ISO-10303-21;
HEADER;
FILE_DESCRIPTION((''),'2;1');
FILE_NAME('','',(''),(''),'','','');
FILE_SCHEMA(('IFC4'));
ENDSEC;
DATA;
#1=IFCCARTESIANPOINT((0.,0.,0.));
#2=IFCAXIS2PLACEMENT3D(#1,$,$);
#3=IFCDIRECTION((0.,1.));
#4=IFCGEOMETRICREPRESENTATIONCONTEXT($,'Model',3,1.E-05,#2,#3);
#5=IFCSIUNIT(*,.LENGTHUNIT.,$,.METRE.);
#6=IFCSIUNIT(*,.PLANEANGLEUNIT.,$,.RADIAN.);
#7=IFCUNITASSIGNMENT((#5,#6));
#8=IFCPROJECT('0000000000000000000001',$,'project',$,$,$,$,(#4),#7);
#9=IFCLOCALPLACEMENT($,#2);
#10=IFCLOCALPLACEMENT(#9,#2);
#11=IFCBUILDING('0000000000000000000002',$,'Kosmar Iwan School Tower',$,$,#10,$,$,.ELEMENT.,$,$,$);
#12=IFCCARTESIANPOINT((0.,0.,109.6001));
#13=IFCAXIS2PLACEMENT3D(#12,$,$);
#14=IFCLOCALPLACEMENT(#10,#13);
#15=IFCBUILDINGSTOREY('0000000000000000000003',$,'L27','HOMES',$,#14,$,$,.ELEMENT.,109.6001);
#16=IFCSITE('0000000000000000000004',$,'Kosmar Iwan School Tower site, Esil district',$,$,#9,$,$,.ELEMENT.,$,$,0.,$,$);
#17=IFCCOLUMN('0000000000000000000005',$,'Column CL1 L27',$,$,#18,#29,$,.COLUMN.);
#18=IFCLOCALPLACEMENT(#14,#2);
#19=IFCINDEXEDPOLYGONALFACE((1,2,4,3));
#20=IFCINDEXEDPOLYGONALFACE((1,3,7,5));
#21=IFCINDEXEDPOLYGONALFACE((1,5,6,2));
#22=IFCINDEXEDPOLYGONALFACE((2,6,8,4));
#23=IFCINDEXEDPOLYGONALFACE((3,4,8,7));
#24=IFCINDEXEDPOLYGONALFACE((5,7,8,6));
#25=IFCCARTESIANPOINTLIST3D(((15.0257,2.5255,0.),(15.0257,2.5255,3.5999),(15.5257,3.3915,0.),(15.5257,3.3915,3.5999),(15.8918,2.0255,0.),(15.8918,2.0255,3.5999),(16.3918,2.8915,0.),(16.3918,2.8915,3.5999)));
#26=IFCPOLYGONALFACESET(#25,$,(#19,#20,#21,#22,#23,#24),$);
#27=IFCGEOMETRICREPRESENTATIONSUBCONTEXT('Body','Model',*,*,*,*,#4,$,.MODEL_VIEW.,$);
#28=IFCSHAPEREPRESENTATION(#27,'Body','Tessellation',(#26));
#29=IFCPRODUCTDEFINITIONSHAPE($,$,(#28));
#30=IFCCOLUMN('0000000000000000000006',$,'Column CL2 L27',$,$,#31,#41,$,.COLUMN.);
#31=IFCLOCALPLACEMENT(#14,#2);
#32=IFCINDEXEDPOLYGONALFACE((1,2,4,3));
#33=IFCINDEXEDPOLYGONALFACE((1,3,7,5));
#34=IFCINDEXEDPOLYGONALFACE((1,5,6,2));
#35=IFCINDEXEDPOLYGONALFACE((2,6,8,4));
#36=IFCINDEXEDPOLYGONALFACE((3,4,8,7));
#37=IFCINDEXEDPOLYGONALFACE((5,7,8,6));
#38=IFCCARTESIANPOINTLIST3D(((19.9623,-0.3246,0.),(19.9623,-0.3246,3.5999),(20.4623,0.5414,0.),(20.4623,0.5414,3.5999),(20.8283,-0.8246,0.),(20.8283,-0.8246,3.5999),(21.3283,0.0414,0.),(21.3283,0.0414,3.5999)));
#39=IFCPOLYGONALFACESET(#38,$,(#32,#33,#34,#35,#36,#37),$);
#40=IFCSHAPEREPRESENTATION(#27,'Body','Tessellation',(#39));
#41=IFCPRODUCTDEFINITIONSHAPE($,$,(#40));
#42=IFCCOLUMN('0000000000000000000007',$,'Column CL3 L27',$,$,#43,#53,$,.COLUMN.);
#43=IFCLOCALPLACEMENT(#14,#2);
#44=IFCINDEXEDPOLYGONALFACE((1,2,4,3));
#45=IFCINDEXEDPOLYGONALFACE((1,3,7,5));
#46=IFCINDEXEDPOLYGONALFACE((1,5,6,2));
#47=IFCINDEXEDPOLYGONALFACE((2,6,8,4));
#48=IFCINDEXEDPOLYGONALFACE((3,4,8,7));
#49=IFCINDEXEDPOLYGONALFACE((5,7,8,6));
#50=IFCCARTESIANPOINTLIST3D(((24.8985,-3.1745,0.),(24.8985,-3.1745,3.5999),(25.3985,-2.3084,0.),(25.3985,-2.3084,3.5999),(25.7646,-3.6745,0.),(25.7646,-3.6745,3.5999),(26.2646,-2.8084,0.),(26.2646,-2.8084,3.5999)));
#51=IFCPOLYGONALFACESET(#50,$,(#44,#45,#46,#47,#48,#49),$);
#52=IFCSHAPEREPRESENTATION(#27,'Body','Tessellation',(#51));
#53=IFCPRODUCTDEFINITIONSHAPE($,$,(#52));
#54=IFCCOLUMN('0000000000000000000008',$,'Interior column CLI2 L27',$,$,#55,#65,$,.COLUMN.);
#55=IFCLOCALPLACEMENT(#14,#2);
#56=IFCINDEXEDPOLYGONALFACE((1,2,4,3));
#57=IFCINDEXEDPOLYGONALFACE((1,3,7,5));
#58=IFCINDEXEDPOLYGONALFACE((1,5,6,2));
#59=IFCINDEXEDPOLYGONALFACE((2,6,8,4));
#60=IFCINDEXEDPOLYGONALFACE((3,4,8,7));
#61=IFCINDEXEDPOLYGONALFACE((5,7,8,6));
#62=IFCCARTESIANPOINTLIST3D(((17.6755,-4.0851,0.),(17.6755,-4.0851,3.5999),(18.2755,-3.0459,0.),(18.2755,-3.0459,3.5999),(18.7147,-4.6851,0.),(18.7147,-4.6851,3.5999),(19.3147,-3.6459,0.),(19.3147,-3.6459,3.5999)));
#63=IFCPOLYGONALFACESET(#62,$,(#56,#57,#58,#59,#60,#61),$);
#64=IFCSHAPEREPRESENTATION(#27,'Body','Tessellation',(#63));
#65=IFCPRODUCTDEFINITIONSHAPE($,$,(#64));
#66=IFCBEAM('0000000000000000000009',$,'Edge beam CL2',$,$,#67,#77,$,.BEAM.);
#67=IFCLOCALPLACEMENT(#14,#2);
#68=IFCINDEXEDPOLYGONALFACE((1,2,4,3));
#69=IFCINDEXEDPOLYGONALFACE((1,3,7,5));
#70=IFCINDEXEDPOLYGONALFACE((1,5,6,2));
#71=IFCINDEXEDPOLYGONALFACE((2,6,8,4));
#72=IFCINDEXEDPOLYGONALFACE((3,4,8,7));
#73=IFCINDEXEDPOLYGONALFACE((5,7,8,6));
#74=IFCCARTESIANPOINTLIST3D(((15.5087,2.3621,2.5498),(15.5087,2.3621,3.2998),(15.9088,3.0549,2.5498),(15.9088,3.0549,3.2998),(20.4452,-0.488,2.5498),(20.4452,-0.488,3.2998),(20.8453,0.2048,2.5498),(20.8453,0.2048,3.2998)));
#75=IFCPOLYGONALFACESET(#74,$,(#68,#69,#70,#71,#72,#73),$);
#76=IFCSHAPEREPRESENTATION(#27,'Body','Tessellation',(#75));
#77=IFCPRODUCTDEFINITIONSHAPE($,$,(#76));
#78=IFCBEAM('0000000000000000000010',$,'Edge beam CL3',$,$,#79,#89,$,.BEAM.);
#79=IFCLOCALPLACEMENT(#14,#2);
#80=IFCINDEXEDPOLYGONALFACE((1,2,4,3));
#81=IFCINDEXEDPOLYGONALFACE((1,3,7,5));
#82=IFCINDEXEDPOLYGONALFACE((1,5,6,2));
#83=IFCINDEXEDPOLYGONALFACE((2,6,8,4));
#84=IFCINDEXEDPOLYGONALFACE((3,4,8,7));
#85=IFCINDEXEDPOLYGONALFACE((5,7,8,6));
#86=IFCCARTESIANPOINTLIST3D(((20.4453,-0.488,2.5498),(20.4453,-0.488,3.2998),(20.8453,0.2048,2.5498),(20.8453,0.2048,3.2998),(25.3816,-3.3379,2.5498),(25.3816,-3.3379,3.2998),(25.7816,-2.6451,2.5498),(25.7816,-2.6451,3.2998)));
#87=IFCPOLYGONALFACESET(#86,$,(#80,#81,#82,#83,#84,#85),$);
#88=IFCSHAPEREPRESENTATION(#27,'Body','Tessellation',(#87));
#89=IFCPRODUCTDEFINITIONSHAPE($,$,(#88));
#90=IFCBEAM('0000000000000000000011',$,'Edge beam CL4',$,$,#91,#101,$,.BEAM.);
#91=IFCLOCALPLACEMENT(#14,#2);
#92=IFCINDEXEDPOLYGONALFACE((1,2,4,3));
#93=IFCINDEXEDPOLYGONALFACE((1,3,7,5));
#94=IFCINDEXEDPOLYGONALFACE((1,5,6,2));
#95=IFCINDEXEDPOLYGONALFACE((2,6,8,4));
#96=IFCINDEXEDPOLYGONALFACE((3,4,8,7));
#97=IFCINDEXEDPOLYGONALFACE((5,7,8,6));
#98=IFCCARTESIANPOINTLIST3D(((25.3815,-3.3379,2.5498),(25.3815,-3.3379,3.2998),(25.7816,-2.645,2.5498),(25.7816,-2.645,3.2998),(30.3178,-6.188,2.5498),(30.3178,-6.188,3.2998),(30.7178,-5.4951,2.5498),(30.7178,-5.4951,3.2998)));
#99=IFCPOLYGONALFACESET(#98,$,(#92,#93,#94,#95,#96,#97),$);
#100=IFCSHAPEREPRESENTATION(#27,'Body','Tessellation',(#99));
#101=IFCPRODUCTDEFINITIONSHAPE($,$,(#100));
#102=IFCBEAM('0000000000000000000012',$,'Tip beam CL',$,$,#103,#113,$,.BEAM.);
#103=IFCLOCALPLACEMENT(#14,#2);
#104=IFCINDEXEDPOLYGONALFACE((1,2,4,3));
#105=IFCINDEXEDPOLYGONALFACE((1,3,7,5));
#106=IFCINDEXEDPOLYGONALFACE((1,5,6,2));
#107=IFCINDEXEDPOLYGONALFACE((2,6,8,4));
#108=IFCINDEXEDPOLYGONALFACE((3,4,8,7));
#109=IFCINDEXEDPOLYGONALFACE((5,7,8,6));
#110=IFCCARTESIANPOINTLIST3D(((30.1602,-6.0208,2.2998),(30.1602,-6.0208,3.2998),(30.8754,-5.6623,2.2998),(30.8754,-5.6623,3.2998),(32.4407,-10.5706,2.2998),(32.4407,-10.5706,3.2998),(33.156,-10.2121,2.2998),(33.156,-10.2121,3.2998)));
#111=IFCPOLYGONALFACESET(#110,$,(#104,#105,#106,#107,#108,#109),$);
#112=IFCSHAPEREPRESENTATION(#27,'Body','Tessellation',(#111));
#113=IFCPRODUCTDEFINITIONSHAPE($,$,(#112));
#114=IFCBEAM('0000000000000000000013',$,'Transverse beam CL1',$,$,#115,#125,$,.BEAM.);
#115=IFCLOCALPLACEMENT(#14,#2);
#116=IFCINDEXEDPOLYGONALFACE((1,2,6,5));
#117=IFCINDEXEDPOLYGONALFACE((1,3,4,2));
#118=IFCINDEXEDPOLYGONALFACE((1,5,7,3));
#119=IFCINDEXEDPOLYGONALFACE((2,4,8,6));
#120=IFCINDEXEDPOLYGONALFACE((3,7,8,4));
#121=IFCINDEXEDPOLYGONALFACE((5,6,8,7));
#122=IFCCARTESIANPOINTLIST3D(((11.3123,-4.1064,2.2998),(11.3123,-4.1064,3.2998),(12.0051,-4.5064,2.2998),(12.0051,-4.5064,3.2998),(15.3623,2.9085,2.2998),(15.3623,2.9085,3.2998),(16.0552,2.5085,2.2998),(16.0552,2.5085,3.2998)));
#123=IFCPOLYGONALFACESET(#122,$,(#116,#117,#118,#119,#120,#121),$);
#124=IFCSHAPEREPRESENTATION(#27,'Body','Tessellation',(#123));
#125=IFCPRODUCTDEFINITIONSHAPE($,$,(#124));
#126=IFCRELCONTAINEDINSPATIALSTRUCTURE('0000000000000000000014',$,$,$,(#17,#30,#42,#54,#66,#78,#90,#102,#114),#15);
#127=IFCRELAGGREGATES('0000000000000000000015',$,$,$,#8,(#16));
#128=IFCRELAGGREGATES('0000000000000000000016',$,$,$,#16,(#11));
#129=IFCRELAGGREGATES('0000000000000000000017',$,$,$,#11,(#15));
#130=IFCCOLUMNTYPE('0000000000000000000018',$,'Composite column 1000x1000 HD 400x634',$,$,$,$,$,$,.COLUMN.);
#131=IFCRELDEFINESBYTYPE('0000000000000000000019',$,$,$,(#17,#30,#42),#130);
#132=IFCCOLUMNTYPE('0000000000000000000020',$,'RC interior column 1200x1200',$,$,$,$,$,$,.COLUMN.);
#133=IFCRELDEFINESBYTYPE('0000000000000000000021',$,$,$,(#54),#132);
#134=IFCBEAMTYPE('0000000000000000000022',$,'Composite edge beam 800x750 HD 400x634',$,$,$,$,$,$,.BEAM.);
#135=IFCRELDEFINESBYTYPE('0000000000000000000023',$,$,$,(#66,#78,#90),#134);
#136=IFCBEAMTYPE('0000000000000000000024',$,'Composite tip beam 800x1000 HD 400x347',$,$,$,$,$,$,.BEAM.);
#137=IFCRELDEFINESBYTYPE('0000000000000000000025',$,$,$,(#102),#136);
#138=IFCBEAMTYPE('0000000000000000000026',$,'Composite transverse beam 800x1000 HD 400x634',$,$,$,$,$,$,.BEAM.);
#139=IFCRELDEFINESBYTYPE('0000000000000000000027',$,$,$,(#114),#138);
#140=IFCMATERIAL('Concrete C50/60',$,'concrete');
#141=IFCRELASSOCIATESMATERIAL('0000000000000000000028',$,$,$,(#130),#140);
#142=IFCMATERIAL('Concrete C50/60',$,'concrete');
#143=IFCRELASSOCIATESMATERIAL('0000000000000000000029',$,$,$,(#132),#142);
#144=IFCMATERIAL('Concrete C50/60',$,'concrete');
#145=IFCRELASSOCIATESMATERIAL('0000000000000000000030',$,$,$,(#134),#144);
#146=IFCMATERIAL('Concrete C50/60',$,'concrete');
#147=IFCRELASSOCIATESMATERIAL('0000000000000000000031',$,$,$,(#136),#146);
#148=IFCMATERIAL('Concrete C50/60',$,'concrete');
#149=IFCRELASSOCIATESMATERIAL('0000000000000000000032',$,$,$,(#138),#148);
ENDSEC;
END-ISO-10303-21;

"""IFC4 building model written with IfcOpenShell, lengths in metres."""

from ifc_helpers import new_model, si_unit, direction, frame, origin, origin_2d, place, context, subcontext, project, spatial, rectangle, extrude, material, material_profile, profile_set, type_object, element, save


model = new_model("IFC4")

# Units and contexts
model_context = context("Model", 3, precision=1e-05, world=origin(), true_north=direction((0.0, 1.0)))
body_context = subcontext(model_context, "Body", "Model", "MODEL_VIEW")
ifc_project = project(units=[si_unit("LENGTHUNIT", "METRE"), si_unit("PLANEANGLEUNIT", "RADIAN")], contexts=[model_context])

# Site, building, storey
site_placement = place(None, origin())
site = spatial("IfcSite", under=ifc_project, at=site_placement, Name="Kosmar Iwan School Tower site, Esil district", CompositionType="ELEMENT", RefElevation=0.0)
building_placement = place(site_placement, origin())
building = spatial("IfcBuilding", under=site, at=building_placement, Name="Kosmar Iwan School Tower", CompositionType="ELEMENT")
storey_placement = place(building_placement, frame((0.0, 0.0, 109.6001)))
storey = spatial("IfcBuildingStorey", under=building, at=storey_placement, Name="L27", Description="HOMES", CompositionType="ELEMENT", Elevation=109.6001)

# Columns
ifc_material_1 = material(Name="Concrete C50/60", Category="concrete")
ifc_material_profile_1 = material_profile(ifc_material_1, rectangle(XDim=1.0, YDim=1.0, at=origin_2d()), Name="RC 1000x1000 + HD 400x634")
ifc_profile_set_1 = profile_set([ifc_material_profile_1], Name="Concrete C50/60")
column_type_1 = type_object("IfcColumnType", Name="Composite column 1000x1000 HD 400x634", PredefinedType="COLUMN", material=ifc_profile_set_1)
for number, where, z_axis, x_axis, name in (
    (1, (15.7087, 2.7085, 0.0), (0.0, 0.0, 1.0), (0.866025, -0.5, 0.0), "Column CL1 L27"),
    (2, (20.6453, -0.1416, 0.0), (0.0, 0.0, 1.0), (0.866025, -0.5, 0.0), "Column CL2 L27"),
    (3, (25.5815, -2.9915, 0.0), (0.0, 0.0, 1.0), (0.866025, -0.5, 0.0), "Column CL3 L27"),
):
    element("IfcColumn", number, at=place(storey_placement, frame(where, z_axis=z_axis, x_axis=x_axis)), inside=storey, type_object=column_type_1, Name=name, PredefinedType="COLUMN", context=body_context, shape_type="SweptSolid", body=[
        extrude(rectangle(XDim=1.0, YDim=1.0, at=origin_2d()), origin(), (0.0, 0.0, 1.0), 3.5999),
    ])
ifc_material_2 = material(Name="Concrete C50/60", Category="concrete")
ifc_material_profile_2 = material_profile(ifc_material_2, rectangle(XDim=1.2, YDim=1.2, at=origin_2d()), Name="RC 1200x1200")
ifc_profile_set_2 = profile_set([ifc_material_profile_2], Name="Concrete C50/60")
column_type_2 = type_object("IfcColumnType", Name="RC interior column 1200x1200", PredefinedType="COLUMN", material=ifc_profile_set_2)
column_placement = place(storey_placement, frame((18.4951, -3.8655, 0.0), z_axis=(0.0, 0.0, 1.0), x_axis=(0.866025, -0.5, 0.0)))
element("IfcColumn", 4, at=column_placement, inside=storey, type_object=column_type_2, Name="Interior column CLI2 L27", PredefinedType="COLUMN", context=body_context, shape_type="SweptSolid", body=[
    extrude(rectangle(XDim=1.2, YDim=1.2, at=origin_2d()), origin(), (0.0, 0.0, 1.0), 3.5999),
])

# Beams
ifc_material_3 = material(Name="Concrete C50/60", Category="concrete")
ifc_material_profile_3 = material_profile(ifc_material_3, rectangle(XDim=0.8, YDim=0.75, at=origin_2d()), Name="RC 800x750 + HD 400x634")
ifc_profile_set_3 = profile_set([ifc_material_profile_3], Name="Concrete C50/60")
beam_type_1 = type_object("IfcBeamType", Name="Composite edge beam 800x750 HD 400x634", PredefinedType="BEAM", material=ifc_profile_set_3)
beam_1_placement = place(storey_placement, frame((15.7087, 2.7085, 2.9248), z_axis=(0.866026, -0.499999, 0.0), x_axis=(0.499999, 0.866026, 0.0)))
element("IfcBeam", 5, at=beam_1_placement, inside=storey, type_object=beam_type_1, Name="Edge beam CL2", PredefinedType="BEAM", context=body_context, shape_type="SweptSolid", body=[
    extrude(rectangle(XDim=0.8, YDim=0.75, at=origin_2d()), origin(), (0.0, 0.0, 1.0), 5.7002),
])
for number, where, z_axis, x_axis, name in (
    (6, (20.6453, -0.1416, 2.9248), (0.866034, -0.499986, 0.0), (0.499986, 0.866034, 0.0), "Edge beam CL3"),
    (7, (25.5815, -2.9915, 2.9248), (0.866015, -0.500018, 0.0), (0.500018, 0.866015, 0.0), "Edge beam CL4"),
):
    element("IfcBeam", number, at=place(storey_placement, frame(where, z_axis=z_axis, x_axis=x_axis)), inside=storey, type_object=beam_type_1, Name=name, PredefinedType="BEAM", context=body_context, shape_type="SweptSolid", body=[
        extrude(rectangle(XDim=0.8, YDim=0.75, at=origin_2d()), origin(), (0.0, 0.0, 1.0), 5.7),
    ])
ifc_material_4 = material(Name="Concrete C50/60", Category="concrete")
ifc_material_profile_4 = material_profile(ifc_material_4, rectangle(XDim=0.8, YDim=1.0, at=origin_2d()), Name="RC 800x1000 + HD 400x347")
ifc_profile_set_4 = profile_set([ifc_material_profile_4], Name="Concrete C50/60")
beam_type_2 = type_object("IfcBeamType", Name="Composite tip beam 800x1000 HD 400x347", PredefinedType="BEAM", material=ifc_profile_set_4)
beam_2_placement = place(storey_placement, frame((30.5178, -5.8416, 2.7998), z_axis=(0.448096, -0.893985, 0.0), x_axis=(0.893985, 0.448096, 0.0)))
element("IfcBeam", 8, at=beam_2_placement, inside=storey, type_object=beam_type_2, Name="Tip beam CL", PredefinedType="BEAM", context=body_context, shape_type="SweptSolid", body=[
    extrude(rectangle(XDim=0.8, YDim=1.0, at=origin_2d()), origin(), (0.0, 0.0, 1.0), 5.0894),
])
ifc_material_5 = material(Name="Concrete C50/60", Category="concrete")
ifc_material_profile_5 = material_profile(ifc_material_5, rectangle(XDim=0.8, YDim=1.0, at=origin_2d()), Name="RC 800x1000 + HD 400x634")
ifc_profile_set_5 = profile_set([ifc_material_profile_5], Name="Concrete C50/60")
beam_type_3 = type_object("IfcBeamType", Name="Composite transverse beam 800x1000 HD 400x634", PredefinedType="BEAM", material=ifc_profile_set_5)
beam_3_placement = place(storey_placement, frame((15.7087, 2.7085, 2.7998), z_axis=(-0.5, -0.866025, 0.0), x_axis=(0.866025, -0.5, 0.0)))
element("IfcBeam", 9, at=beam_3_placement, inside=storey, type_object=beam_type_3, Name="Transverse beam CL1", PredefinedType="BEAM", context=body_context, shape_type="SweptSolid", body=[
    extrude(rectangle(XDim=0.8, YDim=1.0, at=origin_2d()), origin(), (0.0, 0.0, 1.0), 8.1001),
])

save(model, "model.ifc")
